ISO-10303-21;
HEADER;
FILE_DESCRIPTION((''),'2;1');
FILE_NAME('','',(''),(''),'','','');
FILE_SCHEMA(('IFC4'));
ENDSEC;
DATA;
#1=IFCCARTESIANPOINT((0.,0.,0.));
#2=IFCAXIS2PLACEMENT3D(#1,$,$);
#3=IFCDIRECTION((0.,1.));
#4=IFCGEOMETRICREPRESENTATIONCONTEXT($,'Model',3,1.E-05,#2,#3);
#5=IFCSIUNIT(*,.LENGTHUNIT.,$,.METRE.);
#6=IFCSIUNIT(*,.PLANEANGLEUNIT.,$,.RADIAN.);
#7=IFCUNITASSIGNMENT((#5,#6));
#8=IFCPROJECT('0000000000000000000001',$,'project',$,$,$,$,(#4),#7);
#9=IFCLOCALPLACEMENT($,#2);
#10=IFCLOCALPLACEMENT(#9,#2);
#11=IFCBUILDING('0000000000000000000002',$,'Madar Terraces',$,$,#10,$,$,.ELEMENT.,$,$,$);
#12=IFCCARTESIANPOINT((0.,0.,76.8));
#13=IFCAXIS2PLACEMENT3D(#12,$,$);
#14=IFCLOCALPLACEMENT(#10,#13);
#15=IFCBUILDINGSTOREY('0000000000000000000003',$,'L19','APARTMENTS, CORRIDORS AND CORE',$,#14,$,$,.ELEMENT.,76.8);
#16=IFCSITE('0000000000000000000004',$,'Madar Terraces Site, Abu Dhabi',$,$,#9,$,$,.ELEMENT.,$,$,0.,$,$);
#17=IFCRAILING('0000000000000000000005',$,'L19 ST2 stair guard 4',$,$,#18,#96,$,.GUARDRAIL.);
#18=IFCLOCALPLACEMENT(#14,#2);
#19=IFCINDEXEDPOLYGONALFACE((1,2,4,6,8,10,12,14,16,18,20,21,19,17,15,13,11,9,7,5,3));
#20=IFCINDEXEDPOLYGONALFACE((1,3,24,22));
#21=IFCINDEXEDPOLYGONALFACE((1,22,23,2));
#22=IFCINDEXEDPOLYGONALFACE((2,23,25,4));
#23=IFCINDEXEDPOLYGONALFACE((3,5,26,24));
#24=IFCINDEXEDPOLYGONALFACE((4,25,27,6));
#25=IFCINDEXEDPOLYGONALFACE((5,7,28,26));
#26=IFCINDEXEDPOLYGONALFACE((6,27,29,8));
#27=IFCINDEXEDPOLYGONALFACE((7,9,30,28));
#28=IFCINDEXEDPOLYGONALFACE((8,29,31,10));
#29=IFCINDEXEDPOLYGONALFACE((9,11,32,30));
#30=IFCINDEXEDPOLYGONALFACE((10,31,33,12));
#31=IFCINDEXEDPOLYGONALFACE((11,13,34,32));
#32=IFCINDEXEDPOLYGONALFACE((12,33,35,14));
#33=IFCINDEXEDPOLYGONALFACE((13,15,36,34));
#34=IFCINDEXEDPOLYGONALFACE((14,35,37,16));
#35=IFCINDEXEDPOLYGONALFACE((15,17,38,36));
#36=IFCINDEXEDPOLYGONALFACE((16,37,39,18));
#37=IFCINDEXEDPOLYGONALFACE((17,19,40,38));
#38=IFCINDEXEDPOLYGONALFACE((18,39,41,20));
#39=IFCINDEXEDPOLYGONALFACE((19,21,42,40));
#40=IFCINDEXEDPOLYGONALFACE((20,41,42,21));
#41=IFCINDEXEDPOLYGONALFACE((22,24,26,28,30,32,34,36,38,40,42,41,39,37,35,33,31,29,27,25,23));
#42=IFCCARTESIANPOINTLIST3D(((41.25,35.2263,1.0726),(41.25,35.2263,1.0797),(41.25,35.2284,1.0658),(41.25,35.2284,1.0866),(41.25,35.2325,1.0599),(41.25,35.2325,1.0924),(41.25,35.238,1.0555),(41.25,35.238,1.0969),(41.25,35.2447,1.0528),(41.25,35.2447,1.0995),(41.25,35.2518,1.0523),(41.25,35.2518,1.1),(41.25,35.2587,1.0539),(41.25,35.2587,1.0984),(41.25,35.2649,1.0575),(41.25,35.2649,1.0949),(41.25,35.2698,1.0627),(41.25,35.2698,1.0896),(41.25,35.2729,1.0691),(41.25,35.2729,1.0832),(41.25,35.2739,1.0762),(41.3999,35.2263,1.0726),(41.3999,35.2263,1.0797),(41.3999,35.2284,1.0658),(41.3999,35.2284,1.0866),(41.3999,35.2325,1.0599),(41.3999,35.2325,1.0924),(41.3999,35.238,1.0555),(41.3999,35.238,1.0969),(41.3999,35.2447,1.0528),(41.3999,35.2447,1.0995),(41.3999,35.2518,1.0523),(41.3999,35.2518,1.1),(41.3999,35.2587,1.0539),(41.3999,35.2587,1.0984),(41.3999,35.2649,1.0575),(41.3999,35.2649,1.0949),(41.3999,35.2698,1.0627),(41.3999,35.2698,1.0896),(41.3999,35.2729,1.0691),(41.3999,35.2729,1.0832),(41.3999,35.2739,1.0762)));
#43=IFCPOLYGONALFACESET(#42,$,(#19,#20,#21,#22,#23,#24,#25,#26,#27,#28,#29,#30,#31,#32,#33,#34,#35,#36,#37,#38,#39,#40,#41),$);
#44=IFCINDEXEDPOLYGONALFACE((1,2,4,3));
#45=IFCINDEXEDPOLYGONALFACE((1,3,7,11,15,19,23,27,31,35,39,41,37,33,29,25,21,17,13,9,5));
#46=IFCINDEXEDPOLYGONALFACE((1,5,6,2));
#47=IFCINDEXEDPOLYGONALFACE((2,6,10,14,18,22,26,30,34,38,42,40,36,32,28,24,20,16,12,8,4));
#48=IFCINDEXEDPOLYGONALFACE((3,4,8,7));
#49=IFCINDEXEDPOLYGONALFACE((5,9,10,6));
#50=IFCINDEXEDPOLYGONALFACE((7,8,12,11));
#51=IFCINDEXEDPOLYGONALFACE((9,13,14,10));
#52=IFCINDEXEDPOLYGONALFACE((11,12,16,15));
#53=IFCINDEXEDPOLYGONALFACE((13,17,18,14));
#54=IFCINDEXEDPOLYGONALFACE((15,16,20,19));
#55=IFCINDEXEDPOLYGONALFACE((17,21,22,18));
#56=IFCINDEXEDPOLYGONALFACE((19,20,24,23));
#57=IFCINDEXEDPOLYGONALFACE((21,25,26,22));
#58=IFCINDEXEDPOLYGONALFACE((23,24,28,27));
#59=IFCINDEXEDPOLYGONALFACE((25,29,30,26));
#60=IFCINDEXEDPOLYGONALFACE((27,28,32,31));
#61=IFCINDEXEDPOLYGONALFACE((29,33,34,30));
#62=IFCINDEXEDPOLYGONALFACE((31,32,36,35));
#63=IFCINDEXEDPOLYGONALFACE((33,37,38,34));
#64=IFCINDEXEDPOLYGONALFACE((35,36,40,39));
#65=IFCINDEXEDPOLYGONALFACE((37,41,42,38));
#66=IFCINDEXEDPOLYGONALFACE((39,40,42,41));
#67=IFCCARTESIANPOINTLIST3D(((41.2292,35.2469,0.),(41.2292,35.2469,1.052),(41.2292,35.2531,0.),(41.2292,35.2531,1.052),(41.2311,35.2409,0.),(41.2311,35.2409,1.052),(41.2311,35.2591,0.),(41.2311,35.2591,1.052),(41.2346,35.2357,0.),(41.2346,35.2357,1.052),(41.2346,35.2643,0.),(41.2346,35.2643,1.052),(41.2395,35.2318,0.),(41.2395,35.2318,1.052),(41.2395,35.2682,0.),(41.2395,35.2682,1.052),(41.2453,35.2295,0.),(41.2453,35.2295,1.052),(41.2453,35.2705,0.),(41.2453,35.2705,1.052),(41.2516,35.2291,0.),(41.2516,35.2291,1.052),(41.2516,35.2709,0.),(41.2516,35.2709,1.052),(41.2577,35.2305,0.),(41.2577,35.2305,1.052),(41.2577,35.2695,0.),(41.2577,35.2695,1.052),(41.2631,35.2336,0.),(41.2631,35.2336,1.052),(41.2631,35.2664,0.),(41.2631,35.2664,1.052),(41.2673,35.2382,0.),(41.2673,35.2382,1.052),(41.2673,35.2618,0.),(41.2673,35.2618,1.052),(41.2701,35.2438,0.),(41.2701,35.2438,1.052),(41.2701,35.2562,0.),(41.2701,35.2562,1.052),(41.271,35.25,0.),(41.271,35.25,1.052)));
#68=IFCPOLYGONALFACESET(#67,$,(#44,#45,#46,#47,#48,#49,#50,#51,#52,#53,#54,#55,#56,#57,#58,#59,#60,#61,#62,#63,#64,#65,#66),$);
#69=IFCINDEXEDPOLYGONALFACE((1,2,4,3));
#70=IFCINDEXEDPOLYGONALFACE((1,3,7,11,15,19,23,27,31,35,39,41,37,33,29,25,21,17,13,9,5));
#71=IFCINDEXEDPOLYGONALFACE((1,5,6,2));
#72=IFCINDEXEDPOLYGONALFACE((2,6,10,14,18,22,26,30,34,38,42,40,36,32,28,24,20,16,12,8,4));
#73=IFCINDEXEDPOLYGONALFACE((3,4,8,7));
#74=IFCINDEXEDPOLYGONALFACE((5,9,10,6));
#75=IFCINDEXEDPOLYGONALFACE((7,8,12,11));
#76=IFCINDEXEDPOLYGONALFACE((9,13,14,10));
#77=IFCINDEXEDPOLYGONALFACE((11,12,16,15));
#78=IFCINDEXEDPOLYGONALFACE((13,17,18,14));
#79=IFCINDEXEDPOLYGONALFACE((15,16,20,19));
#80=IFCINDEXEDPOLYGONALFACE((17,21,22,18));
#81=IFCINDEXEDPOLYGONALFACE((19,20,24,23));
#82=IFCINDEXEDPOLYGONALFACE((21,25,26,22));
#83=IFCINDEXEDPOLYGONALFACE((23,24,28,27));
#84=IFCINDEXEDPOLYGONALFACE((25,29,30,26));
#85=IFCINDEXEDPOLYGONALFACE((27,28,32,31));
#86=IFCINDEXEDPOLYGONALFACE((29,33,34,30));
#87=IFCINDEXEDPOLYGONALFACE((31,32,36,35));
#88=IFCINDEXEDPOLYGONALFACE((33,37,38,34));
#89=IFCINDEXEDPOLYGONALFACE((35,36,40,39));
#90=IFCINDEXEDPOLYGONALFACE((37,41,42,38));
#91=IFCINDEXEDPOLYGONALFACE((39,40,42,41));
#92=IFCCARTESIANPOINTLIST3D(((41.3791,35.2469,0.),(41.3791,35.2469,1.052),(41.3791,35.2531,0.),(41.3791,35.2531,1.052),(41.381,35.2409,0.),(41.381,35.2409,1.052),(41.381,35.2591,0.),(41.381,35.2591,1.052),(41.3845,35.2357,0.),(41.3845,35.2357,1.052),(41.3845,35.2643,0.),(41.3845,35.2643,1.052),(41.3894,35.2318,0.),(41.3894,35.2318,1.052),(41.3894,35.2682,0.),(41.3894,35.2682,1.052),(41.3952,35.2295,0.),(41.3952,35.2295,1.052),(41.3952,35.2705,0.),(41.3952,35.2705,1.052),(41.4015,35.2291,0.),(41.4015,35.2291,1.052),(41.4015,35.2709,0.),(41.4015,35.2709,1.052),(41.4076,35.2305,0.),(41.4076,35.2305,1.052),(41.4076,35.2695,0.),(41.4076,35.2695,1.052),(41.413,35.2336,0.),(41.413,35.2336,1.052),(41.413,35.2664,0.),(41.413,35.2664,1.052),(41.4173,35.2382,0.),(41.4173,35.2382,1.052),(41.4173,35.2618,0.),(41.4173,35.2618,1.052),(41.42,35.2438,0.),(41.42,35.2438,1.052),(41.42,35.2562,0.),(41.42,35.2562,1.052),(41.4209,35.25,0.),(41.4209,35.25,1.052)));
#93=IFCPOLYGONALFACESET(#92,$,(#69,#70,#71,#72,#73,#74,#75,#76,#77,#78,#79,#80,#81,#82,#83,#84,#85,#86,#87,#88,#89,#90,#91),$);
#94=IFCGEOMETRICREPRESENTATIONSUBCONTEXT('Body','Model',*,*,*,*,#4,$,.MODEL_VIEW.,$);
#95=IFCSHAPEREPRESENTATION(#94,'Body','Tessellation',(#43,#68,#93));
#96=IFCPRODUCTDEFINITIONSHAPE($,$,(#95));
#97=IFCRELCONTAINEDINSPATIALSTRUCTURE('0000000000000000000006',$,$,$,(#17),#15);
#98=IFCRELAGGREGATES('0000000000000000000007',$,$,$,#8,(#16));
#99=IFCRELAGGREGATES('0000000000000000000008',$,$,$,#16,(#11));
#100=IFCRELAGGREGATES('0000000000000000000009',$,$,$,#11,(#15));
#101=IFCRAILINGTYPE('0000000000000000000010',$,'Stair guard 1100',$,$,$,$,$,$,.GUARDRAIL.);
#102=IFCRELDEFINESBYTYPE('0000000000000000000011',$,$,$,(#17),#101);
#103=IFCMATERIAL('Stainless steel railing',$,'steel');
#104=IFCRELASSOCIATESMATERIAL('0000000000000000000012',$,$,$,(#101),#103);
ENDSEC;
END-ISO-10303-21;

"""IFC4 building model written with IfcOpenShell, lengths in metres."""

from ifc_helpers import new_model, si_unit, direction, frame, origin, origin_2d, place, context, subcontext, project, spatial, circle, extrude, material, type_object, element, save


model = new_model("IFC4")

# Units and contexts
model_context = context("Model", 3, precision=1e-05, world=origin(), true_north=direction((0.0, 1.0)))
body_context = subcontext(model_context, "Body", "Model", "MODEL_VIEW")
ifc_project = project(units=[si_unit("LENGTHUNIT", "METRE"), si_unit("PLANEANGLEUNIT", "RADIAN")], contexts=[model_context])

# Site, building, storey
site_placement = place(None, origin())
site = spatial("IfcSite", under=ifc_project, at=site_placement, Name="Madar Terraces Site, Abu Dhabi", CompositionType="ELEMENT", RefElevation=0.0)
building_placement = place(site_placement, origin())
building = spatial("IfcBuilding", under=site, at=building_placement, Name="Madar Terraces", CompositionType="ELEMENT")
storey_placement = place(building_placement, frame((0.0, 0.0, 76.8)))
storey = spatial("IfcBuildingStorey", under=building, at=storey_placement, Name="L19", Description="APARTMENTS, CORRIDORS AND CORE", CompositionType="ELEMENT", Elevation=76.8)

# Railing
ifc_material_1 = material(Name="Stainless steel railing", Category="steel")
railing_type_1 = type_object("IfcRailingType", Name="Stair guard 1100", PredefinedType="GUARDRAIL", material=ifc_material_1)
railing_1_placement = place(storey_placement, frame((41.25, 35.25, 0.0)))
element("IfcRailing", 1, at=railing_1_placement, inside=storey, type_object=railing_type_1, Name="L19 ST2 stair guard 4", PredefinedType="GUARDRAIL", context=body_context, shape_type="SweptSolid", body=[
    extrude(circle(Radius=0.0239, at=origin_2d()), frame((0.0, 0.0, 1.0762), z_axis=(1.0, 0.0, 0.0), x_axis=(0.0, 1.0, 0.0)), (0.0, 0.0, 1.0), 0.1499),
    extrude(circle(Radius=0.021, at=origin_2d()), origin(), (0.0, 0.0, 1.0), 1.052),
    extrude(circle(Radius=0.021, at=origin_2d()), frame((0.1499, 0.0, 0.0)), (0.0, 0.0, 1.0), 1.052),
])

save(model, "model.ifc")
